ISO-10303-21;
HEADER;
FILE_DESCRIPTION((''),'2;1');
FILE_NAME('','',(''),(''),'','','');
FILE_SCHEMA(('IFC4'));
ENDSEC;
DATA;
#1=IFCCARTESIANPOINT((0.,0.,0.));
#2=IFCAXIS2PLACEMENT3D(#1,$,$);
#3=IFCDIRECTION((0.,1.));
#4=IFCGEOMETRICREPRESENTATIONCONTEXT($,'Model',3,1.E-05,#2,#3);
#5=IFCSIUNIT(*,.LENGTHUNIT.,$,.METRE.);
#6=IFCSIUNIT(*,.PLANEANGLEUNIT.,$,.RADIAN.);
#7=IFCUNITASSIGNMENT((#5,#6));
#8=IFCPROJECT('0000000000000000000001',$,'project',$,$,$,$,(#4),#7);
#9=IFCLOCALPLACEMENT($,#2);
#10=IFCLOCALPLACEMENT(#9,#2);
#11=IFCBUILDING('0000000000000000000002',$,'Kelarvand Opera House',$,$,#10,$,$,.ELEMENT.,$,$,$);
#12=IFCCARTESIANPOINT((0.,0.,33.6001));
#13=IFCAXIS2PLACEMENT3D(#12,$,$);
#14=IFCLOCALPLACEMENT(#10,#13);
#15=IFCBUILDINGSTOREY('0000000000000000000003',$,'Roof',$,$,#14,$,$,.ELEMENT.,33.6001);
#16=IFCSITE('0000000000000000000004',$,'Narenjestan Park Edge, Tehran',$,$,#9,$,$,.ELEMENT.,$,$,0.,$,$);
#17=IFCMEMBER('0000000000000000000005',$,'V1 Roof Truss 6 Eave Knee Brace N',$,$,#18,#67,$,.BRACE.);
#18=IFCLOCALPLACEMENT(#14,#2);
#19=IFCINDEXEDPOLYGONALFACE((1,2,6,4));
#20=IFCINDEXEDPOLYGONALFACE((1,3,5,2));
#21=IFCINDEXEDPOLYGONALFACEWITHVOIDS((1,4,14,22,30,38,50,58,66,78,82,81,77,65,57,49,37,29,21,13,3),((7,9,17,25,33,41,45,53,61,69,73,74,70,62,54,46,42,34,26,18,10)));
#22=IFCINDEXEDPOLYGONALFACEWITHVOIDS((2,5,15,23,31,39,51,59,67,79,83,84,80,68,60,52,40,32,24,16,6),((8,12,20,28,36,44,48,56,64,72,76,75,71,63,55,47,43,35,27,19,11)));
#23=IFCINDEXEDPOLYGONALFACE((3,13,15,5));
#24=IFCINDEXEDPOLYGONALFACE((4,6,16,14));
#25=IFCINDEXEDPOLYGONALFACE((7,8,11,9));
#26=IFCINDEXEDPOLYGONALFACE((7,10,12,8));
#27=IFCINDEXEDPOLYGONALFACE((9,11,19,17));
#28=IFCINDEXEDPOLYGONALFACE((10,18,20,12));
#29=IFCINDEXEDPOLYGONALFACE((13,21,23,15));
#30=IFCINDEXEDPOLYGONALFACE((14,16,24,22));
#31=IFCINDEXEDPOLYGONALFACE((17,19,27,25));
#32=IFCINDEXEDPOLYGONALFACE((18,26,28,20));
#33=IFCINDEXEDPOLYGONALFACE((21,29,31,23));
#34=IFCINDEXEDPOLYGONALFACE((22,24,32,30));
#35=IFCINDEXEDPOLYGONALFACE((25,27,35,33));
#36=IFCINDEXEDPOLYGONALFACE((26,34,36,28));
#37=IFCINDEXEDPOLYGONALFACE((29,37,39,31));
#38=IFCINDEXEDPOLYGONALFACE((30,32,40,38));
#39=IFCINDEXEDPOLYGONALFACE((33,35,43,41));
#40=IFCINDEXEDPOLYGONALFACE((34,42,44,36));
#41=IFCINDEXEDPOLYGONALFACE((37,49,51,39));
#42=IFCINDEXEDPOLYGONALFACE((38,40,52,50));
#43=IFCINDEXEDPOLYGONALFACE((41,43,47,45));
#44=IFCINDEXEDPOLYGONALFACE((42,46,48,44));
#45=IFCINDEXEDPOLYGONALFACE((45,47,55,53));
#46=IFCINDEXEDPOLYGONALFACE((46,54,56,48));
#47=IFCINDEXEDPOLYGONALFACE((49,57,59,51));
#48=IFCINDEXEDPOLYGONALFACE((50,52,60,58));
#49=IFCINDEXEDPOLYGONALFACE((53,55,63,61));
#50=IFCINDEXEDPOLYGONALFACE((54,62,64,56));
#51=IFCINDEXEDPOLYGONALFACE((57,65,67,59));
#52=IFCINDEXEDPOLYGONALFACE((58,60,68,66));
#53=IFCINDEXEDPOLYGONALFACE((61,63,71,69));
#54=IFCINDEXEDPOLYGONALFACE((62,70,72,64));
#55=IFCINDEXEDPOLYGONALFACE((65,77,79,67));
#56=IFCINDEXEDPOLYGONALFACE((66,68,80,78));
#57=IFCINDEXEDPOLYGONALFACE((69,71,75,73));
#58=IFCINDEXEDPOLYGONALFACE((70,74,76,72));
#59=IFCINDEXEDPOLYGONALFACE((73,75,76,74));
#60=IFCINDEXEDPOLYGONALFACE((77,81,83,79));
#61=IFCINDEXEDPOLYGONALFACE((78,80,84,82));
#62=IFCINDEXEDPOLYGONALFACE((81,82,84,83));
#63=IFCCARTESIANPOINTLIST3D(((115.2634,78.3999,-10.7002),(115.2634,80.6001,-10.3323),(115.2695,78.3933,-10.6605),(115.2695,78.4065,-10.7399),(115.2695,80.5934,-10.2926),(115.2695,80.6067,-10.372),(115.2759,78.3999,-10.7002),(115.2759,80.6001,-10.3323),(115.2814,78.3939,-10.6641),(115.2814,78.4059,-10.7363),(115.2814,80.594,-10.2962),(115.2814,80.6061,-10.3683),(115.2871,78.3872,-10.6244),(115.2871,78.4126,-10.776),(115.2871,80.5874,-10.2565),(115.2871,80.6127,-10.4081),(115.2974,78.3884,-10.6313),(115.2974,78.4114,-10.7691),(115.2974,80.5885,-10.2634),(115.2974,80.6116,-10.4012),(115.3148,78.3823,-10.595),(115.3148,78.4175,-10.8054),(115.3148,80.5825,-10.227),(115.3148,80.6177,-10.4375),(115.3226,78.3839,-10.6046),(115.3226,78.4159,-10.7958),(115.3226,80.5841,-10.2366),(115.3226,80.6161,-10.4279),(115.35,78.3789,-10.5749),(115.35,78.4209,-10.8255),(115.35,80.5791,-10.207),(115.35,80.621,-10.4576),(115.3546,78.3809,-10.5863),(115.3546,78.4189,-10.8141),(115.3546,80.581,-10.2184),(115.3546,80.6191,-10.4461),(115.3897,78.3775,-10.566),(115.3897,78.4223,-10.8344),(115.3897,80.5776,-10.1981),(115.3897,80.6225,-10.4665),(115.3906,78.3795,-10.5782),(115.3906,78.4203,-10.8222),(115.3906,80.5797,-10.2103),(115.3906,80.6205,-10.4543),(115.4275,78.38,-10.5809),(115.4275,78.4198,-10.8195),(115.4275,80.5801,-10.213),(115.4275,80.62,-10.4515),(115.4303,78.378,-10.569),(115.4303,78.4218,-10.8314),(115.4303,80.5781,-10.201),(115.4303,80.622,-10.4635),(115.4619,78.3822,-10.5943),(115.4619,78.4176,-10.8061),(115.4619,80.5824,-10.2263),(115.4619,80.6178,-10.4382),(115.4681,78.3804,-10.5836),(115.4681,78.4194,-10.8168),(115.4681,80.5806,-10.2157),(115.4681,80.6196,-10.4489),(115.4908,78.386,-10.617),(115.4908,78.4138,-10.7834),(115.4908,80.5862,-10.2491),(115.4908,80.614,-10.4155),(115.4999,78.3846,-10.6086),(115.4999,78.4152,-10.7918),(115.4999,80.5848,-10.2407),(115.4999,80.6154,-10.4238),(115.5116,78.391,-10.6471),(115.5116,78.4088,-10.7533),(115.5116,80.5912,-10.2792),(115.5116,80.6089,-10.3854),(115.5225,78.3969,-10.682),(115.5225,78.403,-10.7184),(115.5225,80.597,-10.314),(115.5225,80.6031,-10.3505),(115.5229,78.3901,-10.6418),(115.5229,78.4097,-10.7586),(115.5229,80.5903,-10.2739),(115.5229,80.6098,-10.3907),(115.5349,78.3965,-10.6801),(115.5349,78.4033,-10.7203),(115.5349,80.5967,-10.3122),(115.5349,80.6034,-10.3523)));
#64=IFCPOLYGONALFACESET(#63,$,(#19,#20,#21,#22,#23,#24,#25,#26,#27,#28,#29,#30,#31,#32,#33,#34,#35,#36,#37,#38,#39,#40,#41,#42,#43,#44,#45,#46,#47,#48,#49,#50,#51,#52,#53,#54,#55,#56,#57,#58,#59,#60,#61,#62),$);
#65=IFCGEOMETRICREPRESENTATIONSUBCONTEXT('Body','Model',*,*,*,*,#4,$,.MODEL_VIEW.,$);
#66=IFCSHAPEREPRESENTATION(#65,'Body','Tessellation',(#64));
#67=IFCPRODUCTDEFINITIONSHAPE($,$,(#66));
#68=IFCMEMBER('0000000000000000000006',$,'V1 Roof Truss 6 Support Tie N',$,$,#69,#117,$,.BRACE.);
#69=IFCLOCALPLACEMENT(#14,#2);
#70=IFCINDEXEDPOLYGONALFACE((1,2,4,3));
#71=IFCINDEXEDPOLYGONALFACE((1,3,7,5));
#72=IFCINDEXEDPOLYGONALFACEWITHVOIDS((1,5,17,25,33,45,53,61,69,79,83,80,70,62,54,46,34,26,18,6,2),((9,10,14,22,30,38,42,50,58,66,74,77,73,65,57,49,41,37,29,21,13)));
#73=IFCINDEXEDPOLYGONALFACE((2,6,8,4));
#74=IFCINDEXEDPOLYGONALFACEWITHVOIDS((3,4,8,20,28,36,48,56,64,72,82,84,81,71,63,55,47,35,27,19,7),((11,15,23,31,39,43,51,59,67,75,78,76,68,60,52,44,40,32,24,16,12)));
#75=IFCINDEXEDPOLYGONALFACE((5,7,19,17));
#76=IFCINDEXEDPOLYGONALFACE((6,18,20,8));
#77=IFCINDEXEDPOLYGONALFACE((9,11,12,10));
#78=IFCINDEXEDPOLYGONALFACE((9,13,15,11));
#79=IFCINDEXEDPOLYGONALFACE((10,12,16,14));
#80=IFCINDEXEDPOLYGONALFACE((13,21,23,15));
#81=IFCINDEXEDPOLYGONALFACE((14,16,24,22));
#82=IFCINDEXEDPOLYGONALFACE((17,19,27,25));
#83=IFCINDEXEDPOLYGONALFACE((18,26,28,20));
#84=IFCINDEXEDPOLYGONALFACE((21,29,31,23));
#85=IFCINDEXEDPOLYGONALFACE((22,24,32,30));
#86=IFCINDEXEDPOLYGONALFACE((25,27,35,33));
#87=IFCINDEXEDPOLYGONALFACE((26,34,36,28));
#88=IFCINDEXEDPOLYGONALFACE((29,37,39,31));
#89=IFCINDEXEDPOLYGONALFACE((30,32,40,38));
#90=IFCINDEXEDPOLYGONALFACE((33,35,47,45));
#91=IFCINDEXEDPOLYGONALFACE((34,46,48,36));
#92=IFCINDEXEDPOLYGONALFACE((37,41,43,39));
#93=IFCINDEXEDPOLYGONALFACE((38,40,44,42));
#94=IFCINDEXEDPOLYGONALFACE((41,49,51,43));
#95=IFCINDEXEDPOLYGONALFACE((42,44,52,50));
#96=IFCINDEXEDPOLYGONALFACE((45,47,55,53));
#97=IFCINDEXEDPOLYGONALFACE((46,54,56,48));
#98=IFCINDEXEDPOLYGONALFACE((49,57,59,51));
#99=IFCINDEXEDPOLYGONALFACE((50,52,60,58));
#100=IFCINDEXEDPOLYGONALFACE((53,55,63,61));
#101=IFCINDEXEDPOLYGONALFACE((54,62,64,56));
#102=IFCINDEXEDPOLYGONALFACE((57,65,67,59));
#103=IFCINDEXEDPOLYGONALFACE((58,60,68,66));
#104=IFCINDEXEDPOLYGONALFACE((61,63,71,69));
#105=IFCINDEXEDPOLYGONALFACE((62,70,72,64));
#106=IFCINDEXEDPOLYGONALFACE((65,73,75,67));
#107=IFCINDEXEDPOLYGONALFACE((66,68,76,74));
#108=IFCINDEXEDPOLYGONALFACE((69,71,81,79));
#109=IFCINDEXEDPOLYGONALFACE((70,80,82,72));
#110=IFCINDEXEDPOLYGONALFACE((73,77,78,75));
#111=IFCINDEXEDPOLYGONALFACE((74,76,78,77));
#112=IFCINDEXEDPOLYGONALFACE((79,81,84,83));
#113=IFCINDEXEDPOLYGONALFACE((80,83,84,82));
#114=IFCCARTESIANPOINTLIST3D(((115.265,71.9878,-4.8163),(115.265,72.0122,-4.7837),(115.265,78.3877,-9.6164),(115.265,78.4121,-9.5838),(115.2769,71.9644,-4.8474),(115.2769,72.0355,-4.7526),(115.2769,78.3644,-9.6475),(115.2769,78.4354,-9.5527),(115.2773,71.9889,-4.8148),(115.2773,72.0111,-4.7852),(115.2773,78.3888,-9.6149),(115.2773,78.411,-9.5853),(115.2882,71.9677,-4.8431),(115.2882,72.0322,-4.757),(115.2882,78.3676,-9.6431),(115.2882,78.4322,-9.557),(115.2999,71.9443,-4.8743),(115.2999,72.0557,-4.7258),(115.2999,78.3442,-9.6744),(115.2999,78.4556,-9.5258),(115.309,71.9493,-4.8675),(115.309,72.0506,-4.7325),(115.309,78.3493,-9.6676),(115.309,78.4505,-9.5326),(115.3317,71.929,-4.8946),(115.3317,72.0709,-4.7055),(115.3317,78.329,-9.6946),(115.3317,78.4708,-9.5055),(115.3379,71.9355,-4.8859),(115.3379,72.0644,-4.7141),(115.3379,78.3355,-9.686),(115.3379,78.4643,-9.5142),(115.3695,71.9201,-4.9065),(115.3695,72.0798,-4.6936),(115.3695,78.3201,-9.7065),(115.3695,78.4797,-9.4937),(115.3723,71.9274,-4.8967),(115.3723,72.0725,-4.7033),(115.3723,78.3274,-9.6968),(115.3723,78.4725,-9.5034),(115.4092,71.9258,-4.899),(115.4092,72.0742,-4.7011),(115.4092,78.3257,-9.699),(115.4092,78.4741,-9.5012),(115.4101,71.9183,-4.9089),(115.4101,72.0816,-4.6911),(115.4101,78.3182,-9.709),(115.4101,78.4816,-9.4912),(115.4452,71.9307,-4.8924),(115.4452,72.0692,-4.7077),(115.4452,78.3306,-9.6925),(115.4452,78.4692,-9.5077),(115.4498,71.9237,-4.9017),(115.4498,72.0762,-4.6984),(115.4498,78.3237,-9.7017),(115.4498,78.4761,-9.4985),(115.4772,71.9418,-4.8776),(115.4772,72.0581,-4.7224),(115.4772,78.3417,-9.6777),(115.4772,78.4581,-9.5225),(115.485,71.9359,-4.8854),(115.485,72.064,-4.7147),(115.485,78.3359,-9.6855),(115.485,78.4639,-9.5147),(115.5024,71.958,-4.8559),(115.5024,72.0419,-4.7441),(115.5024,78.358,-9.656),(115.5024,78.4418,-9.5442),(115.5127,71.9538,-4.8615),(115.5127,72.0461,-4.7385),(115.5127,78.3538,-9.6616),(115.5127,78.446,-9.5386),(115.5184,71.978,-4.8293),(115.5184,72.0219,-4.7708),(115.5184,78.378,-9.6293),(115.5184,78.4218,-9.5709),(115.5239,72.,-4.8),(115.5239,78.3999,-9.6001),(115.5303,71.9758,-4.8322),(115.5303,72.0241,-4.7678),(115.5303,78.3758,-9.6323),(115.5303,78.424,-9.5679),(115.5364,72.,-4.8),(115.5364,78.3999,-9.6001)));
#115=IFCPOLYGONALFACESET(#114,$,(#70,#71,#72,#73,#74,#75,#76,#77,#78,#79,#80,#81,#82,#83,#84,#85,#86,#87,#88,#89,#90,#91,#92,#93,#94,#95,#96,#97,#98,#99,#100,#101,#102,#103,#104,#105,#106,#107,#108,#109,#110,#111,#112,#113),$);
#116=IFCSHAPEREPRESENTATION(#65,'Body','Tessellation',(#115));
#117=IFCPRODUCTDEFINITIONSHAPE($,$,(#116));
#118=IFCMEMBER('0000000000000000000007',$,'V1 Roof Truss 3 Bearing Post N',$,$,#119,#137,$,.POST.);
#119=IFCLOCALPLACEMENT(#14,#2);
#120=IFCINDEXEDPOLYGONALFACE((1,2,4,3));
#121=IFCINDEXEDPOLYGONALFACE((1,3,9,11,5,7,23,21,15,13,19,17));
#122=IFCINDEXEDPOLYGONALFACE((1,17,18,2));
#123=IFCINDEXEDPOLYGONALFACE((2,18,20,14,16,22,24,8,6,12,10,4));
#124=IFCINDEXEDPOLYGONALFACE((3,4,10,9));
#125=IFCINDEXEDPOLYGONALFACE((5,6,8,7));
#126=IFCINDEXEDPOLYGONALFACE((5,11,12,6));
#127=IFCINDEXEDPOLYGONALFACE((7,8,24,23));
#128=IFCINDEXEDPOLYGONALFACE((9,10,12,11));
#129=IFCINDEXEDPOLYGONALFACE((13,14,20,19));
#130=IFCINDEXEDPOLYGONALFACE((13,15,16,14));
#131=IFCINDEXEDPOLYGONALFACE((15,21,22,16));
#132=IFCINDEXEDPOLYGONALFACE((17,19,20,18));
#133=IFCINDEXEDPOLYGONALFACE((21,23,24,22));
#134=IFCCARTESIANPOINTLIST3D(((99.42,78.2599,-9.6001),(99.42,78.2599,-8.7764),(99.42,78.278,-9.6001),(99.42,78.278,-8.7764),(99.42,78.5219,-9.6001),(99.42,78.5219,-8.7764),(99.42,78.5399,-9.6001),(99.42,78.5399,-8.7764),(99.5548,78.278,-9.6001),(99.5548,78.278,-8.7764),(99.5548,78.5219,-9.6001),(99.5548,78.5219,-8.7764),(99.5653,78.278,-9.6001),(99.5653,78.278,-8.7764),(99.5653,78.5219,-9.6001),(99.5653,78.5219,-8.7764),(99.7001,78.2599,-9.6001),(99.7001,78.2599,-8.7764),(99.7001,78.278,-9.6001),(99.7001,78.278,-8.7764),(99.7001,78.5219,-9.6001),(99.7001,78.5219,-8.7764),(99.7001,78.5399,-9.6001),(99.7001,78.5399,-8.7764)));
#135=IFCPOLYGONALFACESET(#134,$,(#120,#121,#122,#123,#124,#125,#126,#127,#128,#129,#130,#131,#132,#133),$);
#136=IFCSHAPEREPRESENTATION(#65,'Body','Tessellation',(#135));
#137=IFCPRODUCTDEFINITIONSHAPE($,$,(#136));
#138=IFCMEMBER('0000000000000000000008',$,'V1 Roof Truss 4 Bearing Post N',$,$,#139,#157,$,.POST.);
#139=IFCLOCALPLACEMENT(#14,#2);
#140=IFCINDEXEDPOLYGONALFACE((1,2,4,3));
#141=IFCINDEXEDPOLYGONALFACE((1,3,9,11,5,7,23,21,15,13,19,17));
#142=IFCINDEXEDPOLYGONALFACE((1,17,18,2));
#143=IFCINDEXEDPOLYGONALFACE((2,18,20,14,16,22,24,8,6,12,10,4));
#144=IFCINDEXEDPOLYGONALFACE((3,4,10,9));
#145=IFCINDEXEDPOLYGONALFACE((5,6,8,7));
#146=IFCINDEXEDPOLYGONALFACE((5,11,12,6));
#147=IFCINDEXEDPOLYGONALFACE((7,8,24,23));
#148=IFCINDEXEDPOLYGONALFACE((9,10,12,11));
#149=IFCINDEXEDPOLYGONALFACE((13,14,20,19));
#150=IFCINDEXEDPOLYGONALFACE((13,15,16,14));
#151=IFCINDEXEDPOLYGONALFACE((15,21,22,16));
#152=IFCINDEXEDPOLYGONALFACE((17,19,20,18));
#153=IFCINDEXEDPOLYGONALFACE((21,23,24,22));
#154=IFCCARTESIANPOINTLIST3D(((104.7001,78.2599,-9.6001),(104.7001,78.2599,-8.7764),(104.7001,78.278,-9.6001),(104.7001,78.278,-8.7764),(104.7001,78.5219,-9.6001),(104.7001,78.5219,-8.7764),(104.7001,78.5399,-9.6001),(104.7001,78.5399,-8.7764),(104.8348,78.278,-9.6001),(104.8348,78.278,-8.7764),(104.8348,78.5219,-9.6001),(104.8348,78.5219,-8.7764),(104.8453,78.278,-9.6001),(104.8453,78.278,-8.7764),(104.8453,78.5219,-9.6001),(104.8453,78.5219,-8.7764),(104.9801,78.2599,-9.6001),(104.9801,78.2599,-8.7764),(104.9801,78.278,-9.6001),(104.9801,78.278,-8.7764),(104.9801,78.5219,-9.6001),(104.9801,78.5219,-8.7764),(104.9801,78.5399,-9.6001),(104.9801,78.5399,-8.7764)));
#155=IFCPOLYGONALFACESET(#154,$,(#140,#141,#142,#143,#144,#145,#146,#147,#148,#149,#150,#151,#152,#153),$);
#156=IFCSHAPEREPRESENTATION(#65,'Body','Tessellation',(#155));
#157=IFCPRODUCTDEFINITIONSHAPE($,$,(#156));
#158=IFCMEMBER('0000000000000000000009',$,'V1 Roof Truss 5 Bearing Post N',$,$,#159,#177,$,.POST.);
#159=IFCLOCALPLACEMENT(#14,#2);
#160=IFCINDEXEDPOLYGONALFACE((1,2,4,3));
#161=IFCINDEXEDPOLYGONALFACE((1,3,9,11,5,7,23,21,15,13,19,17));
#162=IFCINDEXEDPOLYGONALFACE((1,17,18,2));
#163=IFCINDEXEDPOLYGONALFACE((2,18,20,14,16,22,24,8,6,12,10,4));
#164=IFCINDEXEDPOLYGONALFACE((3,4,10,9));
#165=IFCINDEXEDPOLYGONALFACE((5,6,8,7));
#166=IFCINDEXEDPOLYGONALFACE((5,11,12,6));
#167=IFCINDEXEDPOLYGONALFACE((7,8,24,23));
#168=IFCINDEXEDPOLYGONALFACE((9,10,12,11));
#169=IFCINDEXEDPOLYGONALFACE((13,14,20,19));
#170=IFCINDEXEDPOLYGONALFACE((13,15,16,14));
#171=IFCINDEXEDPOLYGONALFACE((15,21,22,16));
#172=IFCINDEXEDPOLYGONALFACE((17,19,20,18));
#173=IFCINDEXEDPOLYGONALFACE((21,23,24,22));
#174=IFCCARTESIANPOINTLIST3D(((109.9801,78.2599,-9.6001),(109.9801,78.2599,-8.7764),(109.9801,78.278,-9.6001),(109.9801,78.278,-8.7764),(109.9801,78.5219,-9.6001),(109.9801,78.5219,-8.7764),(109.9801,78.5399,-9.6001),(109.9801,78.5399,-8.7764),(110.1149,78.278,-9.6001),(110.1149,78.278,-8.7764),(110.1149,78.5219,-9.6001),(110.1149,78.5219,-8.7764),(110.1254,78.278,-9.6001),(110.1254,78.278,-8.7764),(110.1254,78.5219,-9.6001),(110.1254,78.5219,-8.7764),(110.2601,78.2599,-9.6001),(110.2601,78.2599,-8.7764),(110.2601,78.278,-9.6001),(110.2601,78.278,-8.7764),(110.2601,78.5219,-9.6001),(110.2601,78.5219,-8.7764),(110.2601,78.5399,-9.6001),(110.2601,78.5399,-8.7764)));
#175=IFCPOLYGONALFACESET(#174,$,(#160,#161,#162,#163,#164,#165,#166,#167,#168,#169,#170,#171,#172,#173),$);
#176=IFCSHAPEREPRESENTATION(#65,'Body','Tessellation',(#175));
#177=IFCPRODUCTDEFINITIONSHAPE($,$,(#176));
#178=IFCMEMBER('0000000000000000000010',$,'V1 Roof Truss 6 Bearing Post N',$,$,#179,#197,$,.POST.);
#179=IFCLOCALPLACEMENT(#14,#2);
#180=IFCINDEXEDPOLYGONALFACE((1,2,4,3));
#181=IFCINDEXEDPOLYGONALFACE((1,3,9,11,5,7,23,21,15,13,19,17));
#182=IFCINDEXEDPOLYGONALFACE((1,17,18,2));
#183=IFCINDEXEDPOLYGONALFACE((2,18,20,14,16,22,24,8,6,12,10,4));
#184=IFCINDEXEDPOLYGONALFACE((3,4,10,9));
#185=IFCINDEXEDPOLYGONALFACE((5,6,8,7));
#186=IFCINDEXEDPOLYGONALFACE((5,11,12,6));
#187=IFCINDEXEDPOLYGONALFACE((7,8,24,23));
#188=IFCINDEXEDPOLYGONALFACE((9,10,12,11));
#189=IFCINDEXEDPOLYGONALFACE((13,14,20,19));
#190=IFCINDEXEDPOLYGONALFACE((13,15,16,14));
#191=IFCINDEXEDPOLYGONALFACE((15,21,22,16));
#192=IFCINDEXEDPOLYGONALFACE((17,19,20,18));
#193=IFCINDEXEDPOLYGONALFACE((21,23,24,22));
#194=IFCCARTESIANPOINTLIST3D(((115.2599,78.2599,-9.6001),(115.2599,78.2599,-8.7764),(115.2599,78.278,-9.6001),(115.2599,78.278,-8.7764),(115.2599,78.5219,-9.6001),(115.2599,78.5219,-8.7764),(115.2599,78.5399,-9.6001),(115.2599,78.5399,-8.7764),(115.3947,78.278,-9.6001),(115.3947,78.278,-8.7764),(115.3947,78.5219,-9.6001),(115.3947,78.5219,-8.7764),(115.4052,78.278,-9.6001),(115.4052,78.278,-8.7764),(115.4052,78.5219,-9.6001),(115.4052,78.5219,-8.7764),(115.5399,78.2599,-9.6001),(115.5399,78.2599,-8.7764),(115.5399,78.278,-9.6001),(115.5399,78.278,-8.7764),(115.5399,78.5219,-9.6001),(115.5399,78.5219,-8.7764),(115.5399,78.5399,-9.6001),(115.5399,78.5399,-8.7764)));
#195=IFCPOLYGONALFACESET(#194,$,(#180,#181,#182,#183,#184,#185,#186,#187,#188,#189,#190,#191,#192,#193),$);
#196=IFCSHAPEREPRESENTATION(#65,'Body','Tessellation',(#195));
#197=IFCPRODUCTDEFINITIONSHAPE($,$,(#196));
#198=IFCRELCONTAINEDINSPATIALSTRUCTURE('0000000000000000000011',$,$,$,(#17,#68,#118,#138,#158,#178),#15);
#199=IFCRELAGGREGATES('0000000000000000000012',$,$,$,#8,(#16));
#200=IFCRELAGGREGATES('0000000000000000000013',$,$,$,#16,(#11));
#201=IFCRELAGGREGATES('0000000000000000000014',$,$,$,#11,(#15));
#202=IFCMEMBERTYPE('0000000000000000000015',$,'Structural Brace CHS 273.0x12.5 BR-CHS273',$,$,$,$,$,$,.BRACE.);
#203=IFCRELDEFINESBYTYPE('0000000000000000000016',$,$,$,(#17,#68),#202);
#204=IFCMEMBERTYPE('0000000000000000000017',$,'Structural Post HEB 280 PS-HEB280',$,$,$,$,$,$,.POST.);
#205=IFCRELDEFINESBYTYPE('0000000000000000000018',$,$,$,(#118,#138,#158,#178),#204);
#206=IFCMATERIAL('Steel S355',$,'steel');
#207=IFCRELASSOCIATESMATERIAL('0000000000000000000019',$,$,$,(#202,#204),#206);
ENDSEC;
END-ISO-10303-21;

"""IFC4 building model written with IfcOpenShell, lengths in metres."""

from ifc_helpers import new_model, si_unit, direction, frame, origin, origin_2d, place, context, subcontext, project, spatial, hollow_circle, i_section, extrude, material, material_profile, profile_set, type_object, element, save


model = new_model("IFC4")

# Units and contexts
model_context = context("Model", 3, precision=1e-05, world=origin(), true_north=direction((0.0, 1.0)))
body_context = subcontext(model_context, "Body", "Model", "MODEL_VIEW")
ifc_project = project(units=[si_unit("LENGTHUNIT", "METRE"), si_unit("PLANEANGLEUNIT", "RADIAN")], contexts=[model_context])

# Site, building, storey
site_placement = place(None, origin())
site = spatial("IfcSite", under=ifc_project, at=site_placement, Name="Narenjestan Park Edge, Tehran", CompositionType="ELEMENT", RefElevation=0.0)
building_placement = place(site_placement, origin())
building = spatial("IfcBuilding", under=site, at=building_placement, Name="Kelarvand Opera House", CompositionType="ELEMENT")
storey_placement = place(building_placement, frame((0.0, 0.0, 33.6001)))
storey = spatial("IfcBuildingStorey", under=building, at=storey_placement, Name="Roof", CompositionType="ELEMENT", Elevation=33.6001)

# Members
ifc_material = material(Name="Steel S355", Category="steel")
ifc_material_profile_1 = material_profile(ifc_material, hollow_circle(Radius=0.1365, WallThickness=0.0125, at=origin_2d()), Name="CHS 273.0x12.5", Category="steel")
ifc_profile_set_1 = profile_set([ifc_material_profile_1], Name="Steel S355")
member_type_1 = type_object("IfcMemberType", Name="Structural Brace CHS 273.0x12.5 BR-CHS273", PredefinedType="BRACE", material=ifc_profile_set_1)
member_1_placement = place(storey_placement, frame((115.3999, 78.3999, -10.7002), z_axis=(0.0, 0.986305, 0.164931), x_axis=(-1.0, 0.0, 0.0)))
element("IfcMember", 1, at=member_1_placement, inside=storey, type_object=member_type_1, Name="V1 Roof Truss 6 Eave Knee Brace N", PredefinedType="BRACE", context=body_context, shape_type="SweptSolid", body=[
    extrude(hollow_circle(Radius=0.1365, WallThickness=0.0125, at=origin_2d()), origin(), (0.0, 0.0, 1.0), 2.2307),
])
member_2_placement = place(storey_placement, frame((115.3999, 78.3999, -9.6001), z_axis=(0.0, -0.799993, 0.60001), x_axis=(1.0, 0.0, 0.0)))
element("IfcMember", 2, at=member_2_placement, inside=storey, type_object=member_type_1, Name="V1 Roof Truss 6 Support Tie N", PredefinedType="BRACE", context=body_context, shape_type="SweptSolid", body=[
    extrude(hollow_circle(Radius=0.1365, WallThickness=0.0125, at=origin_2d()), origin(), (0.0, 0.0, 1.0), 8.0),
])
ifc_material_profile_2 = material_profile(ifc_material, i_section(OverallWidth=0.28, OverallDepth=0.28, WebThickness=0.0105, FlangeThickness=0.0181, at=origin_2d()), Name="HEB 280", Category="steel")
ifc_profile_set_2 = profile_set([ifc_material_profile_2], Name="Steel S355")
member_type_2 = type_object("IfcMemberType", Name="Structural Post HEB 280 PS-HEB280", PredefinedType="POST", material=ifc_profile_set_2)
for number, where, z_axis, x_axis, name in (
    (3, (99.5601, 78.3999, -9.6001), (0.0, 0.0, 1.0), (1.0, 0.0, 0.0), "V1 Roof Truss 3 Bearing Post N"),
    (4, (104.8401, 78.3999, -9.6001), (0.0, 0.0, 1.0), (1.0, 0.0, 0.0), "V1 Roof Truss 4 Bearing Post N"),
    (5, (110.1201, 78.3999, -9.6001), (0.0, 0.0, 1.0), (1.0, 0.0, 0.0), "V1 Roof Truss 5 Bearing Post N"),
    (6, (115.3999, 78.3999, -9.6001), (0.0, 0.0, 1.0), (1.0, 0.0, 0.0), "V1 Roof Truss 6 Bearing Post N"),
):
    element("IfcMember", number, at=place(storey_placement, frame(where, z_axis=z_axis, x_axis=x_axis)), inside=storey, type_object=member_type_2, Name=name, PredefinedType="POST", context=body_context, shape_type="SweptSolid", body=[
        extrude(i_section(OverallWidth=0.28, OverallDepth=0.28, WebThickness=0.0105, FlangeThickness=0.0181, at=origin_2d()), origin(), (0.0, 0.0, 1.0), 0.8237),
    ])

save(model, "model.ifc")
